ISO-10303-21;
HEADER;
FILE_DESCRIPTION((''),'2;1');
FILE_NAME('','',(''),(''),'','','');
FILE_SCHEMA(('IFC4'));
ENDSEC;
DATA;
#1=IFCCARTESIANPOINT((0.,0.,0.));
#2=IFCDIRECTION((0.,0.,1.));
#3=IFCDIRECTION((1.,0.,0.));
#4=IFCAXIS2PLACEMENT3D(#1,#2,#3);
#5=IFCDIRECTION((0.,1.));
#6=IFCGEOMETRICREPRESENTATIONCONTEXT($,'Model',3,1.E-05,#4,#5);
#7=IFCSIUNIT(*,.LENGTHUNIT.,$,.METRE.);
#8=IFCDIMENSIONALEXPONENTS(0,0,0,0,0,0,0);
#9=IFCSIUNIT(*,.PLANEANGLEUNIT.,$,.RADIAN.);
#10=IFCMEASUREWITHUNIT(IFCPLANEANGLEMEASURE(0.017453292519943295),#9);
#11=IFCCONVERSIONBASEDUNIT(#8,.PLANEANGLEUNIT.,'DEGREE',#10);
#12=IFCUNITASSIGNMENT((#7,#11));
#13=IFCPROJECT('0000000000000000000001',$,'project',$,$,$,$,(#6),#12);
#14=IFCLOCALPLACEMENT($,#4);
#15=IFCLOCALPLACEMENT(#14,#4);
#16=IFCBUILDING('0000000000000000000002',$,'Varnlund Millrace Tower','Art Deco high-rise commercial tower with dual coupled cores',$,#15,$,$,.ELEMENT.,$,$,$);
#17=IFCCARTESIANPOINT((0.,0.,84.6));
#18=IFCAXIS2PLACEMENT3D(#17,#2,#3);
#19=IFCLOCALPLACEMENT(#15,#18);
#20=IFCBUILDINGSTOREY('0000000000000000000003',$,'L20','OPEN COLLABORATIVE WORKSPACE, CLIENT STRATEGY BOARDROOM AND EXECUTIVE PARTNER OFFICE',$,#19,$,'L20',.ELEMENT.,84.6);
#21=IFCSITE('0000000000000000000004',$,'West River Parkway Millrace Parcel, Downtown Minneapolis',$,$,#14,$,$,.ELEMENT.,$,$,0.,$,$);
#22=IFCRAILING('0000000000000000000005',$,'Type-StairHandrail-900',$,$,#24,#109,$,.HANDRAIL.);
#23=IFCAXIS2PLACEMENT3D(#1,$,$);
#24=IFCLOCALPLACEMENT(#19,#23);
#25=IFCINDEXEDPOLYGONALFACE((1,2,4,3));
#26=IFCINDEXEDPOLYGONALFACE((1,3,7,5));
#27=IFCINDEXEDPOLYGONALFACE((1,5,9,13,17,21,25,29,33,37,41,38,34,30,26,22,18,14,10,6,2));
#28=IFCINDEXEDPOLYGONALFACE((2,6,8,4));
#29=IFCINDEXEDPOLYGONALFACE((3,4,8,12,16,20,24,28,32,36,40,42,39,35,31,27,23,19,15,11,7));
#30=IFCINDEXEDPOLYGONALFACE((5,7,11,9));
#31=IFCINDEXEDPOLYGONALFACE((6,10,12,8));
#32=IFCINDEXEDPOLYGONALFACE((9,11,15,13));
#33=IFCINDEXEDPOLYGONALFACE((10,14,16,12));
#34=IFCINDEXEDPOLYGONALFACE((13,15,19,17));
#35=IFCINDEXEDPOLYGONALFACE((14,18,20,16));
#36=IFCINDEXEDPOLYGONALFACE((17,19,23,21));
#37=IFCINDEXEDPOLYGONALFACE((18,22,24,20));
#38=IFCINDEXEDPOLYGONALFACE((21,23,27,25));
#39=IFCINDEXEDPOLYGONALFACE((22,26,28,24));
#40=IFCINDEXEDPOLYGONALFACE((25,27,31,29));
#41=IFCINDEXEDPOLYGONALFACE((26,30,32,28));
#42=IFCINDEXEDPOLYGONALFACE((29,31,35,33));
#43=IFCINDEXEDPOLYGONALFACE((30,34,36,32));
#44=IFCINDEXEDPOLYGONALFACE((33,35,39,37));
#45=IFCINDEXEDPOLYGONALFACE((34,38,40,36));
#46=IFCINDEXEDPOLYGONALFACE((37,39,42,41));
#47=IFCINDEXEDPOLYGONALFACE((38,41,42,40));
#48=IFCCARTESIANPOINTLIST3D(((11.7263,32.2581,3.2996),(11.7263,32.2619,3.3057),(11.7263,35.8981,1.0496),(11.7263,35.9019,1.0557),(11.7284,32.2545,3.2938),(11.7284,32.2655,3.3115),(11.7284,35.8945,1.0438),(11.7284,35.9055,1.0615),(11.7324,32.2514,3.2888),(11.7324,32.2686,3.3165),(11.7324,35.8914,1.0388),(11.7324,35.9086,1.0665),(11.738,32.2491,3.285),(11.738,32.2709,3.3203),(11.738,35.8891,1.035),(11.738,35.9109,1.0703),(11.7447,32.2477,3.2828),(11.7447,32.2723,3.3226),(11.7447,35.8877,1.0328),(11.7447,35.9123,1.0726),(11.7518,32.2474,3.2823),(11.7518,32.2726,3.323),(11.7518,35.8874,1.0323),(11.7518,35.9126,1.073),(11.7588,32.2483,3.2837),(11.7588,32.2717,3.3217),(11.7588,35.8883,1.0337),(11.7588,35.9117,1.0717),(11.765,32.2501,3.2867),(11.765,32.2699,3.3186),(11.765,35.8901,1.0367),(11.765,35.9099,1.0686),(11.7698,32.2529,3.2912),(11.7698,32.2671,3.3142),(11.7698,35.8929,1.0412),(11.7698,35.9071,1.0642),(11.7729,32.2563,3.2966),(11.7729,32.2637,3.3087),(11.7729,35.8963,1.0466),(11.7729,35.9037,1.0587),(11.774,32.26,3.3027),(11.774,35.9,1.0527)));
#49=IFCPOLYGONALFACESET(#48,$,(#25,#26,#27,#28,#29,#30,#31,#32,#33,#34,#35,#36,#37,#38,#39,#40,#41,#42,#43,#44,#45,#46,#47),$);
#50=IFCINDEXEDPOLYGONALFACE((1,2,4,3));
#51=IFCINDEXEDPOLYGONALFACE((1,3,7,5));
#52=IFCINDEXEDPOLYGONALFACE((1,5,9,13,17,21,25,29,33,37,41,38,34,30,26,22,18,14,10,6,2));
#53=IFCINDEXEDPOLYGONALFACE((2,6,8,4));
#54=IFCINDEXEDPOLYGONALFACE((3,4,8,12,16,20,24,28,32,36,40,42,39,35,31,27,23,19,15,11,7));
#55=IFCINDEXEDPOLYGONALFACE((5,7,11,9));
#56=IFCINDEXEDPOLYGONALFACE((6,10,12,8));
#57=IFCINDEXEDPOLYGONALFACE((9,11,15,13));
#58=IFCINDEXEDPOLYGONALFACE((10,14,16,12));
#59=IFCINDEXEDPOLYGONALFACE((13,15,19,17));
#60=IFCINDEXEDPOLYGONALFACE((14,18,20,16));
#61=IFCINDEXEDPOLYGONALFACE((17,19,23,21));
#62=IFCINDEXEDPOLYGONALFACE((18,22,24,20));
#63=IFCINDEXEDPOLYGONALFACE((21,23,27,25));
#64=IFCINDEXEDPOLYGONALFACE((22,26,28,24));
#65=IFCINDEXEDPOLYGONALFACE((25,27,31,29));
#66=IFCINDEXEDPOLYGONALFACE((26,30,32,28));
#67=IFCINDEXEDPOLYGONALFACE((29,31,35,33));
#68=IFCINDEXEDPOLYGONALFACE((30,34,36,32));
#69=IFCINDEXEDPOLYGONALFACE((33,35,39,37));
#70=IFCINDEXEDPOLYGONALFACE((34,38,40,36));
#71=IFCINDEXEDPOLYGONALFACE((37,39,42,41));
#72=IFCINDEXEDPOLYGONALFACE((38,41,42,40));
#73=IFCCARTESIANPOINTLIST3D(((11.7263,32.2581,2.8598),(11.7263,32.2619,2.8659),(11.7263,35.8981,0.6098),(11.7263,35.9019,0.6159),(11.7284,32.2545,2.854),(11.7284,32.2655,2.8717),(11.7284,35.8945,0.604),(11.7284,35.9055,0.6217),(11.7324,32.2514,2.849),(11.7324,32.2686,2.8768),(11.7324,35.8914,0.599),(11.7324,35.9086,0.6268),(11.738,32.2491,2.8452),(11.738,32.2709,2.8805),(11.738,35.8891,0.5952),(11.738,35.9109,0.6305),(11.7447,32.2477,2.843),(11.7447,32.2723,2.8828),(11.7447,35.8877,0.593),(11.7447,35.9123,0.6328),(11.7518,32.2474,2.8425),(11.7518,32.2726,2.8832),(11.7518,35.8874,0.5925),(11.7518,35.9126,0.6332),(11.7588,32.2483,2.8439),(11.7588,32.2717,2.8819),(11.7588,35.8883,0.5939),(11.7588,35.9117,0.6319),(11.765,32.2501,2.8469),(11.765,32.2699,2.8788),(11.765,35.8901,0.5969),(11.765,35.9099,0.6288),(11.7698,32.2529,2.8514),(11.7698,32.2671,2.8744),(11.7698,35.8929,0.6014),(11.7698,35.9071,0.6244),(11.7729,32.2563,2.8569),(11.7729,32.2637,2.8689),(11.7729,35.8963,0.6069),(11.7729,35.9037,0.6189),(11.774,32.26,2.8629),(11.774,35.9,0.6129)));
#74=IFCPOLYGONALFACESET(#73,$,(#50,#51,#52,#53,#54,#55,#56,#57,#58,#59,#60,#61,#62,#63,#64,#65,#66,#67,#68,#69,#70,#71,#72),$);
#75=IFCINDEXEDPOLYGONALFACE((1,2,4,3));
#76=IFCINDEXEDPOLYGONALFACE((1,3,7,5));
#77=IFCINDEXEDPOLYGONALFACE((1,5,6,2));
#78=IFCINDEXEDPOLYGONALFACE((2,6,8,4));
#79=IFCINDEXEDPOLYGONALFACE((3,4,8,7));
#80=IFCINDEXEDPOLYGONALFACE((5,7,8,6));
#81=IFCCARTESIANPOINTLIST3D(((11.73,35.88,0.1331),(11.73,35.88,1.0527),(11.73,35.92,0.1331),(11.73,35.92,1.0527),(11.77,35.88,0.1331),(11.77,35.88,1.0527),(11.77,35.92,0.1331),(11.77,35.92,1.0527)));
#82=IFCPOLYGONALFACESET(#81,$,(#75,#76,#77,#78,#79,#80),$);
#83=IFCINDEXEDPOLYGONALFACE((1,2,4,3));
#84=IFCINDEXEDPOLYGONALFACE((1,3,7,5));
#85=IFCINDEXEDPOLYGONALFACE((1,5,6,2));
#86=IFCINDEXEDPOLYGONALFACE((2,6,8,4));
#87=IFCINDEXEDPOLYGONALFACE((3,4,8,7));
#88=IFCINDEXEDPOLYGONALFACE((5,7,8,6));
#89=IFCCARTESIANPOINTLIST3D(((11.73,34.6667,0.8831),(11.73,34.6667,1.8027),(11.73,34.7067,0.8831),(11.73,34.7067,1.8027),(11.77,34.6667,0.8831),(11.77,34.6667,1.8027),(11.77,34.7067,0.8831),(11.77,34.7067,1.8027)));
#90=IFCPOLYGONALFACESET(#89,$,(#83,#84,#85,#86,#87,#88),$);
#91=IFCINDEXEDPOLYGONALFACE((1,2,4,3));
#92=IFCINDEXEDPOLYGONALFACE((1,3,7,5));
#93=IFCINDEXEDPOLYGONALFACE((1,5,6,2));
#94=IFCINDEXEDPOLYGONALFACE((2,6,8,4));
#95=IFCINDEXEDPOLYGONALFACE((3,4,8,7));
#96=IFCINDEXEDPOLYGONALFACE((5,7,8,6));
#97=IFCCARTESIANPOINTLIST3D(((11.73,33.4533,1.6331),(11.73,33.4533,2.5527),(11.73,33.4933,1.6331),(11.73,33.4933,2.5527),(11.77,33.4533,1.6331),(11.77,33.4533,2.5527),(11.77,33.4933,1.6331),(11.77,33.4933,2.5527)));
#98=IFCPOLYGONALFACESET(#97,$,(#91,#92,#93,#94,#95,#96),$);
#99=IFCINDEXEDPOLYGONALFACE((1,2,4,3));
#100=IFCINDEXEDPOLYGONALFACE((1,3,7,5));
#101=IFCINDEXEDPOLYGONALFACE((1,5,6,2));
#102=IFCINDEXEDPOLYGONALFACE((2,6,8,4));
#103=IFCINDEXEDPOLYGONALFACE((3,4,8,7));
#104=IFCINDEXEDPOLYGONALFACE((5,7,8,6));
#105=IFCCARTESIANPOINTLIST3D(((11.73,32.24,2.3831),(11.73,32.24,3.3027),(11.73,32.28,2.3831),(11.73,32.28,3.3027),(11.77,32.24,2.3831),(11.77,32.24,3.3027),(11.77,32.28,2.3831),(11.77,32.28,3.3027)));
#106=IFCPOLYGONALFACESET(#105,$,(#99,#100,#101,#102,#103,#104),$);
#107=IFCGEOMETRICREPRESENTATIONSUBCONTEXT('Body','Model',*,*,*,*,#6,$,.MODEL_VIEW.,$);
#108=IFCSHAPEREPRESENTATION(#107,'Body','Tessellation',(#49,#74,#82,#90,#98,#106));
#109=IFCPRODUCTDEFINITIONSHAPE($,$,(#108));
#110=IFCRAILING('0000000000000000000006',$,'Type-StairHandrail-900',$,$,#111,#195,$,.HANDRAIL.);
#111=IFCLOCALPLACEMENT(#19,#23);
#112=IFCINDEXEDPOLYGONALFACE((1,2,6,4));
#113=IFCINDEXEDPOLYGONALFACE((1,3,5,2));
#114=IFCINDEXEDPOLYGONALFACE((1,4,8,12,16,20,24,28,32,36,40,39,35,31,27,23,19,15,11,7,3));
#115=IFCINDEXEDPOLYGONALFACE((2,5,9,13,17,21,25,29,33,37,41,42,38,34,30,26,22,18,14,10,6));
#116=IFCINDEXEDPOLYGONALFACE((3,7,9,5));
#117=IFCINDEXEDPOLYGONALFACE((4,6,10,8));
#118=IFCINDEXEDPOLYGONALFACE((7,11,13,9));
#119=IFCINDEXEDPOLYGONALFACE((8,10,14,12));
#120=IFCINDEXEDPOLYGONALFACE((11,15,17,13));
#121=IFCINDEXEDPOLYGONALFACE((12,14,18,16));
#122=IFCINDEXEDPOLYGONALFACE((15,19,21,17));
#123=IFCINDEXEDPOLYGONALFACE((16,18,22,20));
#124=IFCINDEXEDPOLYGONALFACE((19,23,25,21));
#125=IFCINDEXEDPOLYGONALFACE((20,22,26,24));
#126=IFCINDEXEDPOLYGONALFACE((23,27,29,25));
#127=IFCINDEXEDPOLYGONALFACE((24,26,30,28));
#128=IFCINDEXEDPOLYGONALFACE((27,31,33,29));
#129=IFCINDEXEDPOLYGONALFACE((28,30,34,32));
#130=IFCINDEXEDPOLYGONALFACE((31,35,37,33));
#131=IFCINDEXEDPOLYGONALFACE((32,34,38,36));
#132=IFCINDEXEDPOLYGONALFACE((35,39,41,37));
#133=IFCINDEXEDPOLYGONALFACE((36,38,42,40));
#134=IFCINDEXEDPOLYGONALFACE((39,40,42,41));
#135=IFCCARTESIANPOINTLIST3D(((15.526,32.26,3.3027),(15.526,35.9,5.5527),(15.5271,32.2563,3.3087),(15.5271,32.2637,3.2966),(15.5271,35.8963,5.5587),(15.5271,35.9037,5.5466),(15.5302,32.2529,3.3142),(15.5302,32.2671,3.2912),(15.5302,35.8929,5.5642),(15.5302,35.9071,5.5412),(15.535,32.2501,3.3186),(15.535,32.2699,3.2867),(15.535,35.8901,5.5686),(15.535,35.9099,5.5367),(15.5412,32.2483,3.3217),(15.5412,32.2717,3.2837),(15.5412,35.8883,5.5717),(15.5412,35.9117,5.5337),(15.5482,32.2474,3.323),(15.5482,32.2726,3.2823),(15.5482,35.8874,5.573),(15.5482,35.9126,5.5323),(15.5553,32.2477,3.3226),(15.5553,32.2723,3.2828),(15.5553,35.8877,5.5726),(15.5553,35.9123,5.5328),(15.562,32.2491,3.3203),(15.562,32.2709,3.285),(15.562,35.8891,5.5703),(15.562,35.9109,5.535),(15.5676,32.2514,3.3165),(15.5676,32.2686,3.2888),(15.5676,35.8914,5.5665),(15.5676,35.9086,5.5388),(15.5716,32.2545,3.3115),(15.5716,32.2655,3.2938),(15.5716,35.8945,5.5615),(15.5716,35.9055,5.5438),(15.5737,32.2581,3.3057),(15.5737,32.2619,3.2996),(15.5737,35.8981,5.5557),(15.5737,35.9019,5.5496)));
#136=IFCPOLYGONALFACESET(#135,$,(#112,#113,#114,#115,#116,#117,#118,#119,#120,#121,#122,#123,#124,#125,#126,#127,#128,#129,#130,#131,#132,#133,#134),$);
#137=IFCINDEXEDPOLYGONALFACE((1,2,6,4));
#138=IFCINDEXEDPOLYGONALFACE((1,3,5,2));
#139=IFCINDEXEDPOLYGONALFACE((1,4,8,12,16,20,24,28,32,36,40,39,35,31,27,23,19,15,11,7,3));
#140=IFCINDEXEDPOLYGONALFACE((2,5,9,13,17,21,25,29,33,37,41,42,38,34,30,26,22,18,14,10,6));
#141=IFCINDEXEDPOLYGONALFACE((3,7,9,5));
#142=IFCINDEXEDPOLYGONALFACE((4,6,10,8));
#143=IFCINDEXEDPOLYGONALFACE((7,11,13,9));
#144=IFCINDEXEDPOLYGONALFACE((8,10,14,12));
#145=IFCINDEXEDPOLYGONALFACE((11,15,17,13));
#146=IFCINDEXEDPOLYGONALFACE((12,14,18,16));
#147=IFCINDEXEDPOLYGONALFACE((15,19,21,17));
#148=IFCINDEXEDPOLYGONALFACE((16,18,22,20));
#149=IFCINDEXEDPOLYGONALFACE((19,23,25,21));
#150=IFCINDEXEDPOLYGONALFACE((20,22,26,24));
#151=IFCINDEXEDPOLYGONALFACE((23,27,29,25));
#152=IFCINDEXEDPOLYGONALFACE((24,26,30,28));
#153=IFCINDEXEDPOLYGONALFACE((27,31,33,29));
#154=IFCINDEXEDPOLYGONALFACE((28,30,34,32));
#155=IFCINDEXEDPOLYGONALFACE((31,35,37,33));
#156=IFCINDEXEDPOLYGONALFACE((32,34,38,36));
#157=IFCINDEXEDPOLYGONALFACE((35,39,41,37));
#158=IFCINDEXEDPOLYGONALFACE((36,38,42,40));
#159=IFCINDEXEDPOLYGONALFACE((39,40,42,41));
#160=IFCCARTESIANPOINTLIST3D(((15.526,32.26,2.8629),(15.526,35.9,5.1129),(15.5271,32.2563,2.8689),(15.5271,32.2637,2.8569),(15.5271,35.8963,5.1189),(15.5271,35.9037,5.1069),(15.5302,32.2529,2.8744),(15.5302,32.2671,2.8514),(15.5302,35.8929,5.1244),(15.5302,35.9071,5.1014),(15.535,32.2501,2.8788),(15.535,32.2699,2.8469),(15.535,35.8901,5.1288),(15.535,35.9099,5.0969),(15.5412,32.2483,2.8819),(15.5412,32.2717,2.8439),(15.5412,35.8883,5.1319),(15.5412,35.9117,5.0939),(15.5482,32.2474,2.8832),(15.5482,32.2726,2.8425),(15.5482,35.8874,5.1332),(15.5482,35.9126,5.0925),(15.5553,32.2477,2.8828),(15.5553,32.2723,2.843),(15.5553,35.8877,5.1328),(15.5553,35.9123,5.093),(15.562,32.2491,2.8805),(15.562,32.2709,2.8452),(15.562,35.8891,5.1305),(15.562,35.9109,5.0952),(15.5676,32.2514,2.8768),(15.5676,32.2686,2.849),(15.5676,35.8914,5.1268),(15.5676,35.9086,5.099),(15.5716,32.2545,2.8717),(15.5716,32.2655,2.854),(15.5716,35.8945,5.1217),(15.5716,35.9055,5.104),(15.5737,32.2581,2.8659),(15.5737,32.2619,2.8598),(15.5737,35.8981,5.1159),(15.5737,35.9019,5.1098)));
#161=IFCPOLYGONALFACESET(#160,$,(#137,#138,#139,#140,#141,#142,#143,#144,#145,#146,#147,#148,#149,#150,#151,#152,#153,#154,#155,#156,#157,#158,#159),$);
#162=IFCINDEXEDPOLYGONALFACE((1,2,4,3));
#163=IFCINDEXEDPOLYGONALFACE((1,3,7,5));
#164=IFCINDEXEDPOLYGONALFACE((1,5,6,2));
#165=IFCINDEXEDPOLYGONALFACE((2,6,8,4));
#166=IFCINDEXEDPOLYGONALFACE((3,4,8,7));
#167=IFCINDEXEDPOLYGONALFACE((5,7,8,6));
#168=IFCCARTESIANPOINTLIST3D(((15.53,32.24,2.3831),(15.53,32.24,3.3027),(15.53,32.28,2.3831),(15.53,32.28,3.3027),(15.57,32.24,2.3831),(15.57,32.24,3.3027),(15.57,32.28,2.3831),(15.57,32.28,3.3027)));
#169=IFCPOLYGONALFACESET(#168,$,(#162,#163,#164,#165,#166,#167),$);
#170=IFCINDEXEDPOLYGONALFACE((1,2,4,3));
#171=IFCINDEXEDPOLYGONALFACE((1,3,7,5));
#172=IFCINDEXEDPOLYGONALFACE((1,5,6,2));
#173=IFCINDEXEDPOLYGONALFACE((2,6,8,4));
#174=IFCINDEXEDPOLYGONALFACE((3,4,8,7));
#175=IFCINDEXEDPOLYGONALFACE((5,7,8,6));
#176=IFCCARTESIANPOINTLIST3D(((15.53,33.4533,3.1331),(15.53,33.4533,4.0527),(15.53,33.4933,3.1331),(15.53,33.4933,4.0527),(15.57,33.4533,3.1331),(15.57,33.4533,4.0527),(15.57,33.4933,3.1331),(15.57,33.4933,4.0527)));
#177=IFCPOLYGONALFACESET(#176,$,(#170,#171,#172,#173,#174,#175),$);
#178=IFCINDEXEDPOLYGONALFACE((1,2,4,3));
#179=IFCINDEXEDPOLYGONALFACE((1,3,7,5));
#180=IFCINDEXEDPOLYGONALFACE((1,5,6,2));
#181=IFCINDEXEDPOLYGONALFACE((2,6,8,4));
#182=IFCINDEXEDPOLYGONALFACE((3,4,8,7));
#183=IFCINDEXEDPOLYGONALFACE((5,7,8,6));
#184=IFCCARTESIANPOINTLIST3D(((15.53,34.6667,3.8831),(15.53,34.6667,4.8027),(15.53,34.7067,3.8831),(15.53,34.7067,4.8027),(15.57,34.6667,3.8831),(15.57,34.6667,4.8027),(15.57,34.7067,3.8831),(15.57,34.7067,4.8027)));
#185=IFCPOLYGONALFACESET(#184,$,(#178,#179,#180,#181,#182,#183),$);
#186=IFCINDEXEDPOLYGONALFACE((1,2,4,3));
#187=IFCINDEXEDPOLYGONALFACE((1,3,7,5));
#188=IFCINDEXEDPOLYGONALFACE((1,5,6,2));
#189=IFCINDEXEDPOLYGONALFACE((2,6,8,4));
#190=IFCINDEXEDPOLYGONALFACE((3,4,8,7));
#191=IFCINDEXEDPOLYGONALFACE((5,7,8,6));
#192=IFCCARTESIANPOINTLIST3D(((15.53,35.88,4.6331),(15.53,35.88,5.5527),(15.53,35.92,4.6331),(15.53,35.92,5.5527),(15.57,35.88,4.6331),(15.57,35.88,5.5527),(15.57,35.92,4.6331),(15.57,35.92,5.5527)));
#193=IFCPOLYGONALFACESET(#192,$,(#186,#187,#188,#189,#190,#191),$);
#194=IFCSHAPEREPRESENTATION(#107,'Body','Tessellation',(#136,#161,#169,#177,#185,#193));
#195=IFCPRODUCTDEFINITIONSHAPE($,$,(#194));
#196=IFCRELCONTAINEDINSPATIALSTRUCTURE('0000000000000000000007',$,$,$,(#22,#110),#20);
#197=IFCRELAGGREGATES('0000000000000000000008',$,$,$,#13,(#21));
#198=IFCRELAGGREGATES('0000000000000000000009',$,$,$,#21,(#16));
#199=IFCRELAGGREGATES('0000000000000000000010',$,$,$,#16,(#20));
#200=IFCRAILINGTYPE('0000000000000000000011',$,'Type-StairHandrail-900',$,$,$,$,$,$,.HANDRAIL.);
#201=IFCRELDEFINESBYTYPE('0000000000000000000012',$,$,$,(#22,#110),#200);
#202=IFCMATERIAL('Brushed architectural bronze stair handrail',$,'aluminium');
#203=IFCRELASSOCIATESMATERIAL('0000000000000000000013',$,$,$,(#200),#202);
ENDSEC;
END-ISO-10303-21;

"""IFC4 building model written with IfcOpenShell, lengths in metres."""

from ifc_helpers import new_model, entity, si_unit, converted_unit, direction, frame, origin_with_axes, origin_2d_with_axis, place, context, subcontext, project, spatial, rectangle, circle, extrude, material, type_object, element, save


model = new_model("IFC4")

# Units and contexts
model_context = context("Model", 3, precision=1e-05, world=origin_with_axes(), true_north=direction((0.0, 1.0)))
body_context = subcontext(model_context, "Body", "Model", "MODEL_VIEW")
ifc_project = project(units=[si_unit("LENGTHUNIT", "METRE"), converted_unit("PLANEANGLEUNIT", "DEGREE", entity("IfcPlaneAngleMeasure", 0.017453292519943295), si_unit("PLANEANGLEUNIT", "RADIAN"), dimensions=[0, 0, 0, 0, 0, 0, 0])], contexts=[model_context])

# Site, building, storey
site_placement = place(None, origin_with_axes())
site = spatial("IfcSite", under=ifc_project, at=site_placement, Name="West River Parkway Millrace Parcel, Downtown Minneapolis", CompositionType="ELEMENT", RefElevation=0.0)
building_placement = place(site_placement, origin_with_axes())
building = spatial("IfcBuilding", under=site, at=building_placement, Name="Varnlund Millrace Tower", Description="Art Deco high-rise commercial tower with dual coupled cores", CompositionType="ELEMENT")
storey_placement = place(building_placement, frame((0.0, 0.0, 84.6), z_axis=(0.0, 0.0, 1.0), x_axis=(1.0, 0.0, 0.0)))
storey = spatial("IfcBuildingStorey", under=building, at=storey_placement, Name="L20", Description="OPEN COLLABORATIVE WORKSPACE, CLIENT STRATEGY BOARDROOM AND EXECUTIVE PARTNER OFFICE", LongName="L20", CompositionType="ELEMENT", Elevation=84.6)

# Railings
ifc_material_1 = material(Name="Brushed architectural bronze stair handrail", Category="aluminium")
railing_type_1 = type_object("IfcRailingType", Name="Type-StairHandrail-900", PredefinedType="HANDRAIL", material=ifc_material_1)
railing_1_placement = place(storey_placement, frame((0.0, 0.0, -84.6), z_axis=(0.0, 0.0, 1.0), x_axis=(1.0, 0.0, 0.0)))
element("IfcRailing", 1, at=railing_1_placement, inside=storey, type_object=railing_type_1, Name="Type-StairHandrail-900", PredefinedType="HANDRAIL", context=body_context, shape_type="SweptSolid", body=[
    extrude(circle(Radius=0.024, at=origin_2d_with_axis()), frame((11.75, 35.9, 85.6527), z_axis=(0.0, -0.850614, 0.525791), x_axis=(1.0, 0.0, 0.0)), (0.0, 0.0, 1.0), 4.2793),
    extrude(circle(Radius=0.024, at=origin_2d_with_axis()), frame((11.75, 35.9, 85.2129), z_axis=(0.0, -0.850614, 0.525791), x_axis=(1.0, 0.0, 0.0)), (0.0, 0.0, 1.0), 4.2793),
    extrude(rectangle(XDim=0.04, YDim=0.04, at=origin_2d_with_axis()), frame((11.75, 35.9, 84.7331), z_axis=(0.0, 0.0, 1.0), x_axis=(1.0, 0.0, 0.0)), (0.0, 0.0, 1.0), 0.9196),
    extrude(rectangle(XDim=0.04, YDim=0.04, at=origin_2d_with_axis()), frame((11.75, 34.6867, 85.4831), z_axis=(0.0, 0.0, 1.0), x_axis=(1.0, 0.0, 0.0)), (0.0, 0.0, 1.0), 0.9196),
    extrude(rectangle(XDim=0.04, YDim=0.04, at=origin_2d_with_axis()), frame((11.75, 33.4733, 86.2331), z_axis=(0.0, 0.0, 1.0), x_axis=(1.0, 0.0, 0.0)), (0.0, 0.0, 1.0), 0.9196),
    extrude(rectangle(XDim=0.04, YDim=0.04, at=origin_2d_with_axis()), frame((11.75, 32.26, 86.9831), z_axis=(0.0, 0.0, 1.0), x_axis=(1.0, 0.0, 0.0)), (0.0, 0.0, 1.0), 0.9196),
])
railing_2_placement = place(storey_placement, frame((0.0, 0.0, -84.6), z_axis=(0.0, 0.0, 1.0), x_axis=(1.0, 0.0, 0.0)))
element("IfcRailing", 2, at=railing_2_placement, inside=storey, type_object=railing_type_1, Name="Type-StairHandrail-900", PredefinedType="HANDRAIL", context=body_context, shape_type="SweptSolid", body=[
    extrude(circle(Radius=0.024, at=origin_2d_with_axis()), frame((15.55, 32.26, 87.9027), z_axis=(0.0, 0.850614, 0.525791), x_axis=(-1.0, 0.0, 0.0)), (0.0, 0.0, 1.0), 4.2793),
    extrude(circle(Radius=0.024, at=origin_2d_with_axis()), frame((15.55, 32.26, 87.4629), z_axis=(0.0, 0.850614, 0.525791), x_axis=(-1.0, 0.0, 0.0)), (0.0, 0.0, 1.0), 4.2793),
    extrude(rectangle(XDim=0.04, YDim=0.04, at=origin_2d_with_axis()), frame((15.55, 32.26, 86.9831), z_axis=(0.0, 0.0, 1.0), x_axis=(1.0, 0.0, 0.0)), (0.0, 0.0, 1.0), 0.9196),
    extrude(rectangle(XDim=0.04, YDim=0.04, at=origin_2d_with_axis()), frame((15.55, 33.4733, 87.7331), z_axis=(0.0, 0.0, 1.0), x_axis=(1.0, 0.0, 0.0)), (0.0, 0.0, 1.0), 0.9196),
    extrude(rectangle(XDim=0.04, YDim=0.04, at=origin_2d_with_axis()), frame((15.55, 34.6867, 88.4831), z_axis=(0.0, 0.0, 1.0), x_axis=(1.0, 0.0, 0.0)), (0.0, 0.0, 1.0), 0.9196),
    extrude(rectangle(XDim=0.04, YDim=0.04, at=origin_2d_with_axis()), frame((15.55, 35.9, 89.2331), z_axis=(0.0, 0.0, 1.0), x_axis=(1.0, 0.0, 0.0)), (0.0, 0.0, 1.0), 0.9196),
])

save(model, "model.ifc")
